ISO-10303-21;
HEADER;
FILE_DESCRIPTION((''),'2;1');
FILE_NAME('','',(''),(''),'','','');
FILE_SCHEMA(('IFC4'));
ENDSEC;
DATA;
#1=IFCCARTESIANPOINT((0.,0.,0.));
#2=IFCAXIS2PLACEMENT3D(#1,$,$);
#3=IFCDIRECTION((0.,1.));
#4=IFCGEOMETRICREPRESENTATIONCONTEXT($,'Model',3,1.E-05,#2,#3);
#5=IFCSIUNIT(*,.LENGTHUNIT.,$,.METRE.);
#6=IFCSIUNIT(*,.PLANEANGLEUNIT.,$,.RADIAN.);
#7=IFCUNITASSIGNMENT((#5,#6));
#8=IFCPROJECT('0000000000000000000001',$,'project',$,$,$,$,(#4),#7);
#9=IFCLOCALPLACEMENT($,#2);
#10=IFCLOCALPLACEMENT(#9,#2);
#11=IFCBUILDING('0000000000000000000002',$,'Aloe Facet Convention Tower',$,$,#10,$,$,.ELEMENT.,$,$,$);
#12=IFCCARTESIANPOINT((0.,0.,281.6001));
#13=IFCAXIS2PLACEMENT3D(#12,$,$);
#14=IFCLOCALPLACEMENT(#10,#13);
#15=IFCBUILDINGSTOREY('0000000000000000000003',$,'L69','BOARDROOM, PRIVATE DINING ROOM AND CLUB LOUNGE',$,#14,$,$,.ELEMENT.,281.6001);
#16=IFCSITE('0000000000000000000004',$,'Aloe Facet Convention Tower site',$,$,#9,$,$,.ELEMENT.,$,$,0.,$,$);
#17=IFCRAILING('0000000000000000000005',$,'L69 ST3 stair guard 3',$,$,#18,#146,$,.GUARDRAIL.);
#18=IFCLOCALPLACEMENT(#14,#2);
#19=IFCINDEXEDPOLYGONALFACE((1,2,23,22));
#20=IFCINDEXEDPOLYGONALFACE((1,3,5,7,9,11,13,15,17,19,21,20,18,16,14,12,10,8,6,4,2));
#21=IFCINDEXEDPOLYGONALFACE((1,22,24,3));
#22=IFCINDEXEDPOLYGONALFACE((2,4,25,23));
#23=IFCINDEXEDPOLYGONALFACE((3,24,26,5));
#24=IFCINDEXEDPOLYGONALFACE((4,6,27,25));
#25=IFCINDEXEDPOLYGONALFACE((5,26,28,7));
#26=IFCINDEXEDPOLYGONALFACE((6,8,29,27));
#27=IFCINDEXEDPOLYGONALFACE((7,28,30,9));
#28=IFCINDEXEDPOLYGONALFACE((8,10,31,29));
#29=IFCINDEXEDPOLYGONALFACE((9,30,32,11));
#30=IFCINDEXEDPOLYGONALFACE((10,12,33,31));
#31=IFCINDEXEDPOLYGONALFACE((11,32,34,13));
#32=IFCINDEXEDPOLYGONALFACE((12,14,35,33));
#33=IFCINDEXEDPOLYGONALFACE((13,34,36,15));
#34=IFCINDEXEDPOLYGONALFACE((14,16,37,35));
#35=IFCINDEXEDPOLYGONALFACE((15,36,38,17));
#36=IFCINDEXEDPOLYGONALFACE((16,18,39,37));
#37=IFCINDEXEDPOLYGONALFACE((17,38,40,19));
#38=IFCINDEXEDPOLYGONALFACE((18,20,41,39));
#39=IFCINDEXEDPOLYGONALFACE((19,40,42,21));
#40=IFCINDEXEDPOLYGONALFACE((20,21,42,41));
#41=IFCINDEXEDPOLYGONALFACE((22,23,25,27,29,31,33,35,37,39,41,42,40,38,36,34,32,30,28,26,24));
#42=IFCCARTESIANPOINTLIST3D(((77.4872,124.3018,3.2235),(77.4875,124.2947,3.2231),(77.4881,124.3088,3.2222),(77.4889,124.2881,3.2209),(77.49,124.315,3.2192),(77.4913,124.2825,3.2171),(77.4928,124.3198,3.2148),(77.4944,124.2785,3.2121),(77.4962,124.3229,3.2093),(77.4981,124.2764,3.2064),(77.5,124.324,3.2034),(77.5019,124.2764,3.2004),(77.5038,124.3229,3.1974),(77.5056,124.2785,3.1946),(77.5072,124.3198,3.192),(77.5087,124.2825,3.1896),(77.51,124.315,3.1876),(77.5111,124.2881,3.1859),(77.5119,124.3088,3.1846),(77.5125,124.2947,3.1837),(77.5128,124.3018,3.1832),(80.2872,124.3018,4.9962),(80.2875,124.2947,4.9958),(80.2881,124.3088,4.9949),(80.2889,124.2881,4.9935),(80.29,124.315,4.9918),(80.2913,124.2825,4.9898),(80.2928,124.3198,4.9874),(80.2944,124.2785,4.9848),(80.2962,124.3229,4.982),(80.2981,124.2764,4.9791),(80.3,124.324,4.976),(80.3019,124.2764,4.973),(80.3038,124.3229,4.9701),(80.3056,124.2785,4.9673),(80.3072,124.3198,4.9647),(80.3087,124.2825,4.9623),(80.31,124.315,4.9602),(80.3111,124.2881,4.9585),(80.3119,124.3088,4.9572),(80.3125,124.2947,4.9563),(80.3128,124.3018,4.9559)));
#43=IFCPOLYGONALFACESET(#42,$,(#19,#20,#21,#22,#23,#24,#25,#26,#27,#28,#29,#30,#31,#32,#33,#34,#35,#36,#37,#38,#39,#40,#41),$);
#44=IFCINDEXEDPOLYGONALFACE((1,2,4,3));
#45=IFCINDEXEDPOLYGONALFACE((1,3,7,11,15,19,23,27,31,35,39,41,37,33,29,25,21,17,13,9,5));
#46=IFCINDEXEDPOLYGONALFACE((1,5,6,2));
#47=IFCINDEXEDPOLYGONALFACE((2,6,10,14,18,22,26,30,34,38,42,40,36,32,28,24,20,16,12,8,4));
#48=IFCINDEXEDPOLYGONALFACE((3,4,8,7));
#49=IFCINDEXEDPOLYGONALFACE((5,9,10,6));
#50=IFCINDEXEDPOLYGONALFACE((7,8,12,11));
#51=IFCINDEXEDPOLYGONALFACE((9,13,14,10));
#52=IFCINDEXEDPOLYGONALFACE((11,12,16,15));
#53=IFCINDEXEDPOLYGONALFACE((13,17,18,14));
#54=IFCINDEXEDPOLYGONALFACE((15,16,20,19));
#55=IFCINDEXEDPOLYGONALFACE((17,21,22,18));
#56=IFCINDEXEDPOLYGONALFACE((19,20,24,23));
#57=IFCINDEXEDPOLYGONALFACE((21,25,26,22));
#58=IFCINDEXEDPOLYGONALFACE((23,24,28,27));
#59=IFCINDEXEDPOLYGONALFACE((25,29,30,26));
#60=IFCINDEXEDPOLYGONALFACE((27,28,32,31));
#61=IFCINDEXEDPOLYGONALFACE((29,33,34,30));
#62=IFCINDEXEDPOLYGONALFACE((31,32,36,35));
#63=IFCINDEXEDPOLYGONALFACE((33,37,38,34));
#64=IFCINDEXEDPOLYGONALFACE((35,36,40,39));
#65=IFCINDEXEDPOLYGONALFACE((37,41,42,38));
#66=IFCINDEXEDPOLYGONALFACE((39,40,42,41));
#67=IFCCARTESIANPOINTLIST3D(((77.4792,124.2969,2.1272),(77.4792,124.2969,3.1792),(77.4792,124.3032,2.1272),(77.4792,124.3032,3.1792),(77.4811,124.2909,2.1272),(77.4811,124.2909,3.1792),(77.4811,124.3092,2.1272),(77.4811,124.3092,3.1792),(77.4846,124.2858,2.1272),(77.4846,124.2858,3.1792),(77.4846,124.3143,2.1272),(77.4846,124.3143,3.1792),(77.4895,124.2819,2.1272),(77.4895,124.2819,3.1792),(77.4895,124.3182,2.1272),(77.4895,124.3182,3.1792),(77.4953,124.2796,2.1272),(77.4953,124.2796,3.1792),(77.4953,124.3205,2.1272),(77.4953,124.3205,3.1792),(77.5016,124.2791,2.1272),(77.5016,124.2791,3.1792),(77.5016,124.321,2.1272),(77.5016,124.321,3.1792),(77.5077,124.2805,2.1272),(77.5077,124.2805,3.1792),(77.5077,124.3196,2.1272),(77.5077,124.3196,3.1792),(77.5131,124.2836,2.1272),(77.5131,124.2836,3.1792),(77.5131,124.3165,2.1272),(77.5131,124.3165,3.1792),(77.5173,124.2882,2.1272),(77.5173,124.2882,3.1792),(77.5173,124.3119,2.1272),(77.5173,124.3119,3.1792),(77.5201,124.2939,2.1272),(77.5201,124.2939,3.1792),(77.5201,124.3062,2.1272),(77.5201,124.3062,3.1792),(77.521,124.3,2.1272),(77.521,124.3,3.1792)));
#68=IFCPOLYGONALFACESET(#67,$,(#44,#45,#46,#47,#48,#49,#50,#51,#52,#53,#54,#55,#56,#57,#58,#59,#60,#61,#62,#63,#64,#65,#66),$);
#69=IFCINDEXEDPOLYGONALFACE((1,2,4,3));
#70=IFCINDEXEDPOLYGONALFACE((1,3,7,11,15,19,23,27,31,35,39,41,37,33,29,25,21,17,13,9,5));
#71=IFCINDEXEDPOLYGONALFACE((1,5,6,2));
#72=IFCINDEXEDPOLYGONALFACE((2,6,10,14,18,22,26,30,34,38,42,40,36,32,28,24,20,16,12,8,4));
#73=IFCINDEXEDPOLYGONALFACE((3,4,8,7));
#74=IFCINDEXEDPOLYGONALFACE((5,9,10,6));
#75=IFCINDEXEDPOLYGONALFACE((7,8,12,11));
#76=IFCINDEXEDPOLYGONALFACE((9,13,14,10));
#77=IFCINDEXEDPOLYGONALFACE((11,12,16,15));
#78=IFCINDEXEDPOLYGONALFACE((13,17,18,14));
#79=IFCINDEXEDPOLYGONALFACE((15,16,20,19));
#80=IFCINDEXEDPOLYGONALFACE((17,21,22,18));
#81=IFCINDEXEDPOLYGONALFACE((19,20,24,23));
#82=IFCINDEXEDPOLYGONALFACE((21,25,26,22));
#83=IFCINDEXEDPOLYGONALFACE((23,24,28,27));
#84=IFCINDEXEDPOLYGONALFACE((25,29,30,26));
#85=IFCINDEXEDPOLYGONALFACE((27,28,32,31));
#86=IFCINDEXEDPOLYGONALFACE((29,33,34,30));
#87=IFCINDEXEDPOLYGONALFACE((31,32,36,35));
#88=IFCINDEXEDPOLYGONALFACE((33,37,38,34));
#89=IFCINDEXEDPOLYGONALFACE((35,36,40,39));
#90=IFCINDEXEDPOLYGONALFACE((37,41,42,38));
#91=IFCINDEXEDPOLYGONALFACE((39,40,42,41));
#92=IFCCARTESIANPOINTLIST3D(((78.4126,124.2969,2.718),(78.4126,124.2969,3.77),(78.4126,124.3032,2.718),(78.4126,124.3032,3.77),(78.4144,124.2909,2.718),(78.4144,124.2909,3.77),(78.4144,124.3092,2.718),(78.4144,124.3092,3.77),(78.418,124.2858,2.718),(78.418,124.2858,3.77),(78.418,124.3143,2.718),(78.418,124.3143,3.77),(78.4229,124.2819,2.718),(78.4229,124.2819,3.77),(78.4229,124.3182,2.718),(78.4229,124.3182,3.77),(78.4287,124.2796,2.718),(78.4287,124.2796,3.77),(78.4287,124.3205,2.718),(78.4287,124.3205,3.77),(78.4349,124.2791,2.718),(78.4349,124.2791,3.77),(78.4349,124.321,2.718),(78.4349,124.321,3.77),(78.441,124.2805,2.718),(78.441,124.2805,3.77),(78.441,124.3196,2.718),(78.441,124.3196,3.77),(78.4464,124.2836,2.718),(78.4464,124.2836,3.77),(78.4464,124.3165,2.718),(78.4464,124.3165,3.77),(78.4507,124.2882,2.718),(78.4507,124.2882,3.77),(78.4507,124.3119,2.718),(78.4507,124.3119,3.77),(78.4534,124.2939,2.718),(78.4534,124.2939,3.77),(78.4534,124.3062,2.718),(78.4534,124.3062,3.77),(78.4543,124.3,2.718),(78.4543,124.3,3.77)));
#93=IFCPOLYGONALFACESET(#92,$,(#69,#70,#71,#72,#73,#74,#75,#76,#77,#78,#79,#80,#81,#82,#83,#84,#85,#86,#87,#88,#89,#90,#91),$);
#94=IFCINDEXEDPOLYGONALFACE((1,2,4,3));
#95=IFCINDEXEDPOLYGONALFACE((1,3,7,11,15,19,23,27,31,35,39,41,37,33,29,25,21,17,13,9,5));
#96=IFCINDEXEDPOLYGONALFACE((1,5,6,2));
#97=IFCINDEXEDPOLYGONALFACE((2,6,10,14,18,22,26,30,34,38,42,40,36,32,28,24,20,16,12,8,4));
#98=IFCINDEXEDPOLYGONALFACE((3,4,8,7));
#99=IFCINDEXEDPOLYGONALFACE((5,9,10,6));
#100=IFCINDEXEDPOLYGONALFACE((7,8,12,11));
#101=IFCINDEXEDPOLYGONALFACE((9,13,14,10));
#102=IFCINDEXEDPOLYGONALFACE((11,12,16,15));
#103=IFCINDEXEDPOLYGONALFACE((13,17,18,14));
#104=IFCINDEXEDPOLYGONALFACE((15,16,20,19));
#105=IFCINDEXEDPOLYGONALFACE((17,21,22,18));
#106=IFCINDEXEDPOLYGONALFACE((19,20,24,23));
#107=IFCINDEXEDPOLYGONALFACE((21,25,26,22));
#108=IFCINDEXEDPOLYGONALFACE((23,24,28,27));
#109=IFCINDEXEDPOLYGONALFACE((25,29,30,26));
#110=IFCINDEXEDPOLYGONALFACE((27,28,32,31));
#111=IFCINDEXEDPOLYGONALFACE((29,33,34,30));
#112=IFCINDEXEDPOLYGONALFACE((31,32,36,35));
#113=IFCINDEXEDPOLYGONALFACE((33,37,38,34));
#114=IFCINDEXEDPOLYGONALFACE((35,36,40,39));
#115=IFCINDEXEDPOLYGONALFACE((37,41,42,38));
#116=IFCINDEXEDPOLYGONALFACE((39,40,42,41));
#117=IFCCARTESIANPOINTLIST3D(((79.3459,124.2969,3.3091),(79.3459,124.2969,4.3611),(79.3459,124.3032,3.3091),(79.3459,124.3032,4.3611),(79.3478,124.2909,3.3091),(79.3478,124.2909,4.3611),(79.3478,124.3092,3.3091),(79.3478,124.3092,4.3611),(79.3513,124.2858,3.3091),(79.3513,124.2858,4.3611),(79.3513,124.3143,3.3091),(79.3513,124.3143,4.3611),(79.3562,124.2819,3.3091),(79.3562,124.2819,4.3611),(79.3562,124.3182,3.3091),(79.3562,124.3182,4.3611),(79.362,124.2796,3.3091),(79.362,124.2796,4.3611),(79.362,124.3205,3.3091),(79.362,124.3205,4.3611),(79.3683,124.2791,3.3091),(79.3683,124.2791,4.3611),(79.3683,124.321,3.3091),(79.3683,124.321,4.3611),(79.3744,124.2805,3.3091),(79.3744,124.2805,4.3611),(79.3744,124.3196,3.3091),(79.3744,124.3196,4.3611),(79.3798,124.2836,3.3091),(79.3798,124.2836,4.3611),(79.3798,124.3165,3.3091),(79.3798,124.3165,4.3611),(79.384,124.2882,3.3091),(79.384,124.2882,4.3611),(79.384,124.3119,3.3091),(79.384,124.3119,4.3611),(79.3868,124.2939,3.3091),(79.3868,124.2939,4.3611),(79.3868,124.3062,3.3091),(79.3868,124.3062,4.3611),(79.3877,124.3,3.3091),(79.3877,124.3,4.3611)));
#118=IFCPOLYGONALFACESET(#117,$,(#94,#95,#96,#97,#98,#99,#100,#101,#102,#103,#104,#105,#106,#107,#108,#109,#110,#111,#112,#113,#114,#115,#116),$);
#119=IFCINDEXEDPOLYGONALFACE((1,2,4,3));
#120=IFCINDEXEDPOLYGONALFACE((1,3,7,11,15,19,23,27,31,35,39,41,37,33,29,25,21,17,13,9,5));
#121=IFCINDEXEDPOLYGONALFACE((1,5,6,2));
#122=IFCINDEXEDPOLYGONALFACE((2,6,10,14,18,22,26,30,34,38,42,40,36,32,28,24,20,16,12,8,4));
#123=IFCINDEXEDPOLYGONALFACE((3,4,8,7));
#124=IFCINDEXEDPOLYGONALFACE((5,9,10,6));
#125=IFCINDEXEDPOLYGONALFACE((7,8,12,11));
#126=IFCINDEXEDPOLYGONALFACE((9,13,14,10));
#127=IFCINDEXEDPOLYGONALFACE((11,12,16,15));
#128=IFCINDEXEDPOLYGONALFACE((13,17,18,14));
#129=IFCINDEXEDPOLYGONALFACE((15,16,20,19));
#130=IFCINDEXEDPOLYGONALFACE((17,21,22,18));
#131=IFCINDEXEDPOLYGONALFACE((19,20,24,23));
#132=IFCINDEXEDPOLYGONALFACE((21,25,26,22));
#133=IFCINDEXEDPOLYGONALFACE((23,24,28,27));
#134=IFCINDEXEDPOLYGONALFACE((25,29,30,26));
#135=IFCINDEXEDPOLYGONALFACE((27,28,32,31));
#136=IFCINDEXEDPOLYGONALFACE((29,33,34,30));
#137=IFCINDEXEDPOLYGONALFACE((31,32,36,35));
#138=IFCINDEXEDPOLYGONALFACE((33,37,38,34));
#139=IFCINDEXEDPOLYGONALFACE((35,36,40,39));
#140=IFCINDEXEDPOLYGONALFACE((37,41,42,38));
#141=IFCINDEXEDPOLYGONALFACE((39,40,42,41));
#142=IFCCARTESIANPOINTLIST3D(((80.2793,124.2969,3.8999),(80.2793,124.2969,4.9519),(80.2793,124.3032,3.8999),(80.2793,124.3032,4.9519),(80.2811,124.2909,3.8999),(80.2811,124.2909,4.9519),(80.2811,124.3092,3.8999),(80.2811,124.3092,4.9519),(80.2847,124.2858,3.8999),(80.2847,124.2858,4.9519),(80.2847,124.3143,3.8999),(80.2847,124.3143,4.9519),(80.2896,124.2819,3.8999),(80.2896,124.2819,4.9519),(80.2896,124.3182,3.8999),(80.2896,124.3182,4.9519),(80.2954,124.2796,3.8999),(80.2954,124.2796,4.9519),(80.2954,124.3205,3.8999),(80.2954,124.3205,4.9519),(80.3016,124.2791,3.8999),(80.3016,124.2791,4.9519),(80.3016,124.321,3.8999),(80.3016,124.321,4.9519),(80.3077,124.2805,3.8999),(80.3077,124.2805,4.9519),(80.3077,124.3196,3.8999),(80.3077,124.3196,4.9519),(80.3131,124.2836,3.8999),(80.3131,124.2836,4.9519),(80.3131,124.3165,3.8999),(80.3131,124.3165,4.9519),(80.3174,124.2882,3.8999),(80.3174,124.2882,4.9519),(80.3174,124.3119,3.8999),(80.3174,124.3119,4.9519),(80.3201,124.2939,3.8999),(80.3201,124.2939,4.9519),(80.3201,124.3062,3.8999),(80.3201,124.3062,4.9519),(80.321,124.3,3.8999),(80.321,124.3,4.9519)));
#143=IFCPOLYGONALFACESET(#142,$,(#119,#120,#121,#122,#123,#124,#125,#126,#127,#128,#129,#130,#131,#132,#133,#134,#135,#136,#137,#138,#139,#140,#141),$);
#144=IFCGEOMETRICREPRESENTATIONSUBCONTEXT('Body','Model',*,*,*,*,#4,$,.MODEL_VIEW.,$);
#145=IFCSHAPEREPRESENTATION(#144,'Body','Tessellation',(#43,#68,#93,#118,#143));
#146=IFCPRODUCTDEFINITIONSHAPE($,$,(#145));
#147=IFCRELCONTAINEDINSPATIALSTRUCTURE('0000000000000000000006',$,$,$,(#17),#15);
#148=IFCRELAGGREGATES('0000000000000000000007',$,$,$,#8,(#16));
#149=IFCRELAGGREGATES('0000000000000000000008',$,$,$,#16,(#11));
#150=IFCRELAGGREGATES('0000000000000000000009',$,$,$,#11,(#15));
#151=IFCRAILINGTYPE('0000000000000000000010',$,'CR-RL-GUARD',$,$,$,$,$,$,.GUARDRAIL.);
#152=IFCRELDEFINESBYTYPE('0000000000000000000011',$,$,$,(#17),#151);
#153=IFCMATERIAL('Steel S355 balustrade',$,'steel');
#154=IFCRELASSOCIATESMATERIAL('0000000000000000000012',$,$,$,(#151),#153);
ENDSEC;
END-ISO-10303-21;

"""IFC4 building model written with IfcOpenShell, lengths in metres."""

from ifc_helpers import new_model, si_unit, direction, frame, origin, origin_2d, place, context, subcontext, project, spatial, circle, extrude, material, type_object, element, save


model = new_model("IFC4")

# Units and contexts
model_context = context("Model", 3, precision=1e-05, world=origin(), true_north=direction((0.0, 1.0)))
body_context = subcontext(model_context, "Body", "Model", "MODEL_VIEW")
ifc_project = project(units=[si_unit("LENGTHUNIT", "METRE"), si_unit("PLANEANGLEUNIT", "RADIAN")], contexts=[model_context])

# Site, building, storey
site_placement = place(None, origin())
site = spatial("IfcSite", under=ifc_project, at=site_placement, Name="Aloe Facet Convention Tower site", CompositionType="ELEMENT", RefElevation=0.0)
building_placement = place(site_placement, origin())
building = spatial("IfcBuilding", under=site, at=building_placement, Name="Aloe Facet Convention Tower", CompositionType="ELEMENT")
storey_placement = place(building_placement, frame((0.0, 0.0, 281.6001)))
storey = spatial("IfcBuildingStorey", under=building, at=storey_placement, Name="L69", Description="BOARDROOM, PRIVATE DINING ROOM AND CLUB LOUNGE", CompositionType="ELEMENT", Elevation=281.6001)

# Railing
ifc_material_1 = material(Name="Steel S355 balustrade", Category="steel")
railing_type = type_object("IfcRailingType", Name="CR-RL-GUARD", PredefinedType="GUARDRAIL", material=ifc_material_1)
railing_1_placement = place(storey_placement, frame((77.5, 124.3, 2.1272)))
element("IfcRailing", 1, at=railing_1_placement, inside=storey, type_object=railing_type, Name="L69 ST3 stair guard 3", PredefinedType="GUARDRAIL", context=body_context, shape_type="SweptSolid", body=[
    extrude(circle(Radius=0.0239, at=origin_2d()), frame((0.0, 0.0, 1.0762), z_axis=(0.844909, 0.0, 0.53491), x_axis=(0.0, 1.0, 0.0)), (0.0, 0.0, 1.0), 3.314),
    extrude(circle(Radius=0.021, at=origin_2d()), origin(), (0.0, 0.0, 1.0), 1.052),
    extrude(circle(Radius=0.021, at=origin_2d()), frame((0.9333, 0.0, 0.5908)), (0.0, 0.0, 1.0), 1.052),
    extrude(circle(Radius=0.021, at=origin_2d()), frame((1.8667, 0.0, 1.1819)), (0.0, 0.0, 1.0), 1.052),
    extrude(circle(Radius=0.021, at=origin_2d()), frame((2.8, 0.0, 1.7727)), (0.0, 0.0, 1.0), 1.052),
])

save(model, "model.ifc")
